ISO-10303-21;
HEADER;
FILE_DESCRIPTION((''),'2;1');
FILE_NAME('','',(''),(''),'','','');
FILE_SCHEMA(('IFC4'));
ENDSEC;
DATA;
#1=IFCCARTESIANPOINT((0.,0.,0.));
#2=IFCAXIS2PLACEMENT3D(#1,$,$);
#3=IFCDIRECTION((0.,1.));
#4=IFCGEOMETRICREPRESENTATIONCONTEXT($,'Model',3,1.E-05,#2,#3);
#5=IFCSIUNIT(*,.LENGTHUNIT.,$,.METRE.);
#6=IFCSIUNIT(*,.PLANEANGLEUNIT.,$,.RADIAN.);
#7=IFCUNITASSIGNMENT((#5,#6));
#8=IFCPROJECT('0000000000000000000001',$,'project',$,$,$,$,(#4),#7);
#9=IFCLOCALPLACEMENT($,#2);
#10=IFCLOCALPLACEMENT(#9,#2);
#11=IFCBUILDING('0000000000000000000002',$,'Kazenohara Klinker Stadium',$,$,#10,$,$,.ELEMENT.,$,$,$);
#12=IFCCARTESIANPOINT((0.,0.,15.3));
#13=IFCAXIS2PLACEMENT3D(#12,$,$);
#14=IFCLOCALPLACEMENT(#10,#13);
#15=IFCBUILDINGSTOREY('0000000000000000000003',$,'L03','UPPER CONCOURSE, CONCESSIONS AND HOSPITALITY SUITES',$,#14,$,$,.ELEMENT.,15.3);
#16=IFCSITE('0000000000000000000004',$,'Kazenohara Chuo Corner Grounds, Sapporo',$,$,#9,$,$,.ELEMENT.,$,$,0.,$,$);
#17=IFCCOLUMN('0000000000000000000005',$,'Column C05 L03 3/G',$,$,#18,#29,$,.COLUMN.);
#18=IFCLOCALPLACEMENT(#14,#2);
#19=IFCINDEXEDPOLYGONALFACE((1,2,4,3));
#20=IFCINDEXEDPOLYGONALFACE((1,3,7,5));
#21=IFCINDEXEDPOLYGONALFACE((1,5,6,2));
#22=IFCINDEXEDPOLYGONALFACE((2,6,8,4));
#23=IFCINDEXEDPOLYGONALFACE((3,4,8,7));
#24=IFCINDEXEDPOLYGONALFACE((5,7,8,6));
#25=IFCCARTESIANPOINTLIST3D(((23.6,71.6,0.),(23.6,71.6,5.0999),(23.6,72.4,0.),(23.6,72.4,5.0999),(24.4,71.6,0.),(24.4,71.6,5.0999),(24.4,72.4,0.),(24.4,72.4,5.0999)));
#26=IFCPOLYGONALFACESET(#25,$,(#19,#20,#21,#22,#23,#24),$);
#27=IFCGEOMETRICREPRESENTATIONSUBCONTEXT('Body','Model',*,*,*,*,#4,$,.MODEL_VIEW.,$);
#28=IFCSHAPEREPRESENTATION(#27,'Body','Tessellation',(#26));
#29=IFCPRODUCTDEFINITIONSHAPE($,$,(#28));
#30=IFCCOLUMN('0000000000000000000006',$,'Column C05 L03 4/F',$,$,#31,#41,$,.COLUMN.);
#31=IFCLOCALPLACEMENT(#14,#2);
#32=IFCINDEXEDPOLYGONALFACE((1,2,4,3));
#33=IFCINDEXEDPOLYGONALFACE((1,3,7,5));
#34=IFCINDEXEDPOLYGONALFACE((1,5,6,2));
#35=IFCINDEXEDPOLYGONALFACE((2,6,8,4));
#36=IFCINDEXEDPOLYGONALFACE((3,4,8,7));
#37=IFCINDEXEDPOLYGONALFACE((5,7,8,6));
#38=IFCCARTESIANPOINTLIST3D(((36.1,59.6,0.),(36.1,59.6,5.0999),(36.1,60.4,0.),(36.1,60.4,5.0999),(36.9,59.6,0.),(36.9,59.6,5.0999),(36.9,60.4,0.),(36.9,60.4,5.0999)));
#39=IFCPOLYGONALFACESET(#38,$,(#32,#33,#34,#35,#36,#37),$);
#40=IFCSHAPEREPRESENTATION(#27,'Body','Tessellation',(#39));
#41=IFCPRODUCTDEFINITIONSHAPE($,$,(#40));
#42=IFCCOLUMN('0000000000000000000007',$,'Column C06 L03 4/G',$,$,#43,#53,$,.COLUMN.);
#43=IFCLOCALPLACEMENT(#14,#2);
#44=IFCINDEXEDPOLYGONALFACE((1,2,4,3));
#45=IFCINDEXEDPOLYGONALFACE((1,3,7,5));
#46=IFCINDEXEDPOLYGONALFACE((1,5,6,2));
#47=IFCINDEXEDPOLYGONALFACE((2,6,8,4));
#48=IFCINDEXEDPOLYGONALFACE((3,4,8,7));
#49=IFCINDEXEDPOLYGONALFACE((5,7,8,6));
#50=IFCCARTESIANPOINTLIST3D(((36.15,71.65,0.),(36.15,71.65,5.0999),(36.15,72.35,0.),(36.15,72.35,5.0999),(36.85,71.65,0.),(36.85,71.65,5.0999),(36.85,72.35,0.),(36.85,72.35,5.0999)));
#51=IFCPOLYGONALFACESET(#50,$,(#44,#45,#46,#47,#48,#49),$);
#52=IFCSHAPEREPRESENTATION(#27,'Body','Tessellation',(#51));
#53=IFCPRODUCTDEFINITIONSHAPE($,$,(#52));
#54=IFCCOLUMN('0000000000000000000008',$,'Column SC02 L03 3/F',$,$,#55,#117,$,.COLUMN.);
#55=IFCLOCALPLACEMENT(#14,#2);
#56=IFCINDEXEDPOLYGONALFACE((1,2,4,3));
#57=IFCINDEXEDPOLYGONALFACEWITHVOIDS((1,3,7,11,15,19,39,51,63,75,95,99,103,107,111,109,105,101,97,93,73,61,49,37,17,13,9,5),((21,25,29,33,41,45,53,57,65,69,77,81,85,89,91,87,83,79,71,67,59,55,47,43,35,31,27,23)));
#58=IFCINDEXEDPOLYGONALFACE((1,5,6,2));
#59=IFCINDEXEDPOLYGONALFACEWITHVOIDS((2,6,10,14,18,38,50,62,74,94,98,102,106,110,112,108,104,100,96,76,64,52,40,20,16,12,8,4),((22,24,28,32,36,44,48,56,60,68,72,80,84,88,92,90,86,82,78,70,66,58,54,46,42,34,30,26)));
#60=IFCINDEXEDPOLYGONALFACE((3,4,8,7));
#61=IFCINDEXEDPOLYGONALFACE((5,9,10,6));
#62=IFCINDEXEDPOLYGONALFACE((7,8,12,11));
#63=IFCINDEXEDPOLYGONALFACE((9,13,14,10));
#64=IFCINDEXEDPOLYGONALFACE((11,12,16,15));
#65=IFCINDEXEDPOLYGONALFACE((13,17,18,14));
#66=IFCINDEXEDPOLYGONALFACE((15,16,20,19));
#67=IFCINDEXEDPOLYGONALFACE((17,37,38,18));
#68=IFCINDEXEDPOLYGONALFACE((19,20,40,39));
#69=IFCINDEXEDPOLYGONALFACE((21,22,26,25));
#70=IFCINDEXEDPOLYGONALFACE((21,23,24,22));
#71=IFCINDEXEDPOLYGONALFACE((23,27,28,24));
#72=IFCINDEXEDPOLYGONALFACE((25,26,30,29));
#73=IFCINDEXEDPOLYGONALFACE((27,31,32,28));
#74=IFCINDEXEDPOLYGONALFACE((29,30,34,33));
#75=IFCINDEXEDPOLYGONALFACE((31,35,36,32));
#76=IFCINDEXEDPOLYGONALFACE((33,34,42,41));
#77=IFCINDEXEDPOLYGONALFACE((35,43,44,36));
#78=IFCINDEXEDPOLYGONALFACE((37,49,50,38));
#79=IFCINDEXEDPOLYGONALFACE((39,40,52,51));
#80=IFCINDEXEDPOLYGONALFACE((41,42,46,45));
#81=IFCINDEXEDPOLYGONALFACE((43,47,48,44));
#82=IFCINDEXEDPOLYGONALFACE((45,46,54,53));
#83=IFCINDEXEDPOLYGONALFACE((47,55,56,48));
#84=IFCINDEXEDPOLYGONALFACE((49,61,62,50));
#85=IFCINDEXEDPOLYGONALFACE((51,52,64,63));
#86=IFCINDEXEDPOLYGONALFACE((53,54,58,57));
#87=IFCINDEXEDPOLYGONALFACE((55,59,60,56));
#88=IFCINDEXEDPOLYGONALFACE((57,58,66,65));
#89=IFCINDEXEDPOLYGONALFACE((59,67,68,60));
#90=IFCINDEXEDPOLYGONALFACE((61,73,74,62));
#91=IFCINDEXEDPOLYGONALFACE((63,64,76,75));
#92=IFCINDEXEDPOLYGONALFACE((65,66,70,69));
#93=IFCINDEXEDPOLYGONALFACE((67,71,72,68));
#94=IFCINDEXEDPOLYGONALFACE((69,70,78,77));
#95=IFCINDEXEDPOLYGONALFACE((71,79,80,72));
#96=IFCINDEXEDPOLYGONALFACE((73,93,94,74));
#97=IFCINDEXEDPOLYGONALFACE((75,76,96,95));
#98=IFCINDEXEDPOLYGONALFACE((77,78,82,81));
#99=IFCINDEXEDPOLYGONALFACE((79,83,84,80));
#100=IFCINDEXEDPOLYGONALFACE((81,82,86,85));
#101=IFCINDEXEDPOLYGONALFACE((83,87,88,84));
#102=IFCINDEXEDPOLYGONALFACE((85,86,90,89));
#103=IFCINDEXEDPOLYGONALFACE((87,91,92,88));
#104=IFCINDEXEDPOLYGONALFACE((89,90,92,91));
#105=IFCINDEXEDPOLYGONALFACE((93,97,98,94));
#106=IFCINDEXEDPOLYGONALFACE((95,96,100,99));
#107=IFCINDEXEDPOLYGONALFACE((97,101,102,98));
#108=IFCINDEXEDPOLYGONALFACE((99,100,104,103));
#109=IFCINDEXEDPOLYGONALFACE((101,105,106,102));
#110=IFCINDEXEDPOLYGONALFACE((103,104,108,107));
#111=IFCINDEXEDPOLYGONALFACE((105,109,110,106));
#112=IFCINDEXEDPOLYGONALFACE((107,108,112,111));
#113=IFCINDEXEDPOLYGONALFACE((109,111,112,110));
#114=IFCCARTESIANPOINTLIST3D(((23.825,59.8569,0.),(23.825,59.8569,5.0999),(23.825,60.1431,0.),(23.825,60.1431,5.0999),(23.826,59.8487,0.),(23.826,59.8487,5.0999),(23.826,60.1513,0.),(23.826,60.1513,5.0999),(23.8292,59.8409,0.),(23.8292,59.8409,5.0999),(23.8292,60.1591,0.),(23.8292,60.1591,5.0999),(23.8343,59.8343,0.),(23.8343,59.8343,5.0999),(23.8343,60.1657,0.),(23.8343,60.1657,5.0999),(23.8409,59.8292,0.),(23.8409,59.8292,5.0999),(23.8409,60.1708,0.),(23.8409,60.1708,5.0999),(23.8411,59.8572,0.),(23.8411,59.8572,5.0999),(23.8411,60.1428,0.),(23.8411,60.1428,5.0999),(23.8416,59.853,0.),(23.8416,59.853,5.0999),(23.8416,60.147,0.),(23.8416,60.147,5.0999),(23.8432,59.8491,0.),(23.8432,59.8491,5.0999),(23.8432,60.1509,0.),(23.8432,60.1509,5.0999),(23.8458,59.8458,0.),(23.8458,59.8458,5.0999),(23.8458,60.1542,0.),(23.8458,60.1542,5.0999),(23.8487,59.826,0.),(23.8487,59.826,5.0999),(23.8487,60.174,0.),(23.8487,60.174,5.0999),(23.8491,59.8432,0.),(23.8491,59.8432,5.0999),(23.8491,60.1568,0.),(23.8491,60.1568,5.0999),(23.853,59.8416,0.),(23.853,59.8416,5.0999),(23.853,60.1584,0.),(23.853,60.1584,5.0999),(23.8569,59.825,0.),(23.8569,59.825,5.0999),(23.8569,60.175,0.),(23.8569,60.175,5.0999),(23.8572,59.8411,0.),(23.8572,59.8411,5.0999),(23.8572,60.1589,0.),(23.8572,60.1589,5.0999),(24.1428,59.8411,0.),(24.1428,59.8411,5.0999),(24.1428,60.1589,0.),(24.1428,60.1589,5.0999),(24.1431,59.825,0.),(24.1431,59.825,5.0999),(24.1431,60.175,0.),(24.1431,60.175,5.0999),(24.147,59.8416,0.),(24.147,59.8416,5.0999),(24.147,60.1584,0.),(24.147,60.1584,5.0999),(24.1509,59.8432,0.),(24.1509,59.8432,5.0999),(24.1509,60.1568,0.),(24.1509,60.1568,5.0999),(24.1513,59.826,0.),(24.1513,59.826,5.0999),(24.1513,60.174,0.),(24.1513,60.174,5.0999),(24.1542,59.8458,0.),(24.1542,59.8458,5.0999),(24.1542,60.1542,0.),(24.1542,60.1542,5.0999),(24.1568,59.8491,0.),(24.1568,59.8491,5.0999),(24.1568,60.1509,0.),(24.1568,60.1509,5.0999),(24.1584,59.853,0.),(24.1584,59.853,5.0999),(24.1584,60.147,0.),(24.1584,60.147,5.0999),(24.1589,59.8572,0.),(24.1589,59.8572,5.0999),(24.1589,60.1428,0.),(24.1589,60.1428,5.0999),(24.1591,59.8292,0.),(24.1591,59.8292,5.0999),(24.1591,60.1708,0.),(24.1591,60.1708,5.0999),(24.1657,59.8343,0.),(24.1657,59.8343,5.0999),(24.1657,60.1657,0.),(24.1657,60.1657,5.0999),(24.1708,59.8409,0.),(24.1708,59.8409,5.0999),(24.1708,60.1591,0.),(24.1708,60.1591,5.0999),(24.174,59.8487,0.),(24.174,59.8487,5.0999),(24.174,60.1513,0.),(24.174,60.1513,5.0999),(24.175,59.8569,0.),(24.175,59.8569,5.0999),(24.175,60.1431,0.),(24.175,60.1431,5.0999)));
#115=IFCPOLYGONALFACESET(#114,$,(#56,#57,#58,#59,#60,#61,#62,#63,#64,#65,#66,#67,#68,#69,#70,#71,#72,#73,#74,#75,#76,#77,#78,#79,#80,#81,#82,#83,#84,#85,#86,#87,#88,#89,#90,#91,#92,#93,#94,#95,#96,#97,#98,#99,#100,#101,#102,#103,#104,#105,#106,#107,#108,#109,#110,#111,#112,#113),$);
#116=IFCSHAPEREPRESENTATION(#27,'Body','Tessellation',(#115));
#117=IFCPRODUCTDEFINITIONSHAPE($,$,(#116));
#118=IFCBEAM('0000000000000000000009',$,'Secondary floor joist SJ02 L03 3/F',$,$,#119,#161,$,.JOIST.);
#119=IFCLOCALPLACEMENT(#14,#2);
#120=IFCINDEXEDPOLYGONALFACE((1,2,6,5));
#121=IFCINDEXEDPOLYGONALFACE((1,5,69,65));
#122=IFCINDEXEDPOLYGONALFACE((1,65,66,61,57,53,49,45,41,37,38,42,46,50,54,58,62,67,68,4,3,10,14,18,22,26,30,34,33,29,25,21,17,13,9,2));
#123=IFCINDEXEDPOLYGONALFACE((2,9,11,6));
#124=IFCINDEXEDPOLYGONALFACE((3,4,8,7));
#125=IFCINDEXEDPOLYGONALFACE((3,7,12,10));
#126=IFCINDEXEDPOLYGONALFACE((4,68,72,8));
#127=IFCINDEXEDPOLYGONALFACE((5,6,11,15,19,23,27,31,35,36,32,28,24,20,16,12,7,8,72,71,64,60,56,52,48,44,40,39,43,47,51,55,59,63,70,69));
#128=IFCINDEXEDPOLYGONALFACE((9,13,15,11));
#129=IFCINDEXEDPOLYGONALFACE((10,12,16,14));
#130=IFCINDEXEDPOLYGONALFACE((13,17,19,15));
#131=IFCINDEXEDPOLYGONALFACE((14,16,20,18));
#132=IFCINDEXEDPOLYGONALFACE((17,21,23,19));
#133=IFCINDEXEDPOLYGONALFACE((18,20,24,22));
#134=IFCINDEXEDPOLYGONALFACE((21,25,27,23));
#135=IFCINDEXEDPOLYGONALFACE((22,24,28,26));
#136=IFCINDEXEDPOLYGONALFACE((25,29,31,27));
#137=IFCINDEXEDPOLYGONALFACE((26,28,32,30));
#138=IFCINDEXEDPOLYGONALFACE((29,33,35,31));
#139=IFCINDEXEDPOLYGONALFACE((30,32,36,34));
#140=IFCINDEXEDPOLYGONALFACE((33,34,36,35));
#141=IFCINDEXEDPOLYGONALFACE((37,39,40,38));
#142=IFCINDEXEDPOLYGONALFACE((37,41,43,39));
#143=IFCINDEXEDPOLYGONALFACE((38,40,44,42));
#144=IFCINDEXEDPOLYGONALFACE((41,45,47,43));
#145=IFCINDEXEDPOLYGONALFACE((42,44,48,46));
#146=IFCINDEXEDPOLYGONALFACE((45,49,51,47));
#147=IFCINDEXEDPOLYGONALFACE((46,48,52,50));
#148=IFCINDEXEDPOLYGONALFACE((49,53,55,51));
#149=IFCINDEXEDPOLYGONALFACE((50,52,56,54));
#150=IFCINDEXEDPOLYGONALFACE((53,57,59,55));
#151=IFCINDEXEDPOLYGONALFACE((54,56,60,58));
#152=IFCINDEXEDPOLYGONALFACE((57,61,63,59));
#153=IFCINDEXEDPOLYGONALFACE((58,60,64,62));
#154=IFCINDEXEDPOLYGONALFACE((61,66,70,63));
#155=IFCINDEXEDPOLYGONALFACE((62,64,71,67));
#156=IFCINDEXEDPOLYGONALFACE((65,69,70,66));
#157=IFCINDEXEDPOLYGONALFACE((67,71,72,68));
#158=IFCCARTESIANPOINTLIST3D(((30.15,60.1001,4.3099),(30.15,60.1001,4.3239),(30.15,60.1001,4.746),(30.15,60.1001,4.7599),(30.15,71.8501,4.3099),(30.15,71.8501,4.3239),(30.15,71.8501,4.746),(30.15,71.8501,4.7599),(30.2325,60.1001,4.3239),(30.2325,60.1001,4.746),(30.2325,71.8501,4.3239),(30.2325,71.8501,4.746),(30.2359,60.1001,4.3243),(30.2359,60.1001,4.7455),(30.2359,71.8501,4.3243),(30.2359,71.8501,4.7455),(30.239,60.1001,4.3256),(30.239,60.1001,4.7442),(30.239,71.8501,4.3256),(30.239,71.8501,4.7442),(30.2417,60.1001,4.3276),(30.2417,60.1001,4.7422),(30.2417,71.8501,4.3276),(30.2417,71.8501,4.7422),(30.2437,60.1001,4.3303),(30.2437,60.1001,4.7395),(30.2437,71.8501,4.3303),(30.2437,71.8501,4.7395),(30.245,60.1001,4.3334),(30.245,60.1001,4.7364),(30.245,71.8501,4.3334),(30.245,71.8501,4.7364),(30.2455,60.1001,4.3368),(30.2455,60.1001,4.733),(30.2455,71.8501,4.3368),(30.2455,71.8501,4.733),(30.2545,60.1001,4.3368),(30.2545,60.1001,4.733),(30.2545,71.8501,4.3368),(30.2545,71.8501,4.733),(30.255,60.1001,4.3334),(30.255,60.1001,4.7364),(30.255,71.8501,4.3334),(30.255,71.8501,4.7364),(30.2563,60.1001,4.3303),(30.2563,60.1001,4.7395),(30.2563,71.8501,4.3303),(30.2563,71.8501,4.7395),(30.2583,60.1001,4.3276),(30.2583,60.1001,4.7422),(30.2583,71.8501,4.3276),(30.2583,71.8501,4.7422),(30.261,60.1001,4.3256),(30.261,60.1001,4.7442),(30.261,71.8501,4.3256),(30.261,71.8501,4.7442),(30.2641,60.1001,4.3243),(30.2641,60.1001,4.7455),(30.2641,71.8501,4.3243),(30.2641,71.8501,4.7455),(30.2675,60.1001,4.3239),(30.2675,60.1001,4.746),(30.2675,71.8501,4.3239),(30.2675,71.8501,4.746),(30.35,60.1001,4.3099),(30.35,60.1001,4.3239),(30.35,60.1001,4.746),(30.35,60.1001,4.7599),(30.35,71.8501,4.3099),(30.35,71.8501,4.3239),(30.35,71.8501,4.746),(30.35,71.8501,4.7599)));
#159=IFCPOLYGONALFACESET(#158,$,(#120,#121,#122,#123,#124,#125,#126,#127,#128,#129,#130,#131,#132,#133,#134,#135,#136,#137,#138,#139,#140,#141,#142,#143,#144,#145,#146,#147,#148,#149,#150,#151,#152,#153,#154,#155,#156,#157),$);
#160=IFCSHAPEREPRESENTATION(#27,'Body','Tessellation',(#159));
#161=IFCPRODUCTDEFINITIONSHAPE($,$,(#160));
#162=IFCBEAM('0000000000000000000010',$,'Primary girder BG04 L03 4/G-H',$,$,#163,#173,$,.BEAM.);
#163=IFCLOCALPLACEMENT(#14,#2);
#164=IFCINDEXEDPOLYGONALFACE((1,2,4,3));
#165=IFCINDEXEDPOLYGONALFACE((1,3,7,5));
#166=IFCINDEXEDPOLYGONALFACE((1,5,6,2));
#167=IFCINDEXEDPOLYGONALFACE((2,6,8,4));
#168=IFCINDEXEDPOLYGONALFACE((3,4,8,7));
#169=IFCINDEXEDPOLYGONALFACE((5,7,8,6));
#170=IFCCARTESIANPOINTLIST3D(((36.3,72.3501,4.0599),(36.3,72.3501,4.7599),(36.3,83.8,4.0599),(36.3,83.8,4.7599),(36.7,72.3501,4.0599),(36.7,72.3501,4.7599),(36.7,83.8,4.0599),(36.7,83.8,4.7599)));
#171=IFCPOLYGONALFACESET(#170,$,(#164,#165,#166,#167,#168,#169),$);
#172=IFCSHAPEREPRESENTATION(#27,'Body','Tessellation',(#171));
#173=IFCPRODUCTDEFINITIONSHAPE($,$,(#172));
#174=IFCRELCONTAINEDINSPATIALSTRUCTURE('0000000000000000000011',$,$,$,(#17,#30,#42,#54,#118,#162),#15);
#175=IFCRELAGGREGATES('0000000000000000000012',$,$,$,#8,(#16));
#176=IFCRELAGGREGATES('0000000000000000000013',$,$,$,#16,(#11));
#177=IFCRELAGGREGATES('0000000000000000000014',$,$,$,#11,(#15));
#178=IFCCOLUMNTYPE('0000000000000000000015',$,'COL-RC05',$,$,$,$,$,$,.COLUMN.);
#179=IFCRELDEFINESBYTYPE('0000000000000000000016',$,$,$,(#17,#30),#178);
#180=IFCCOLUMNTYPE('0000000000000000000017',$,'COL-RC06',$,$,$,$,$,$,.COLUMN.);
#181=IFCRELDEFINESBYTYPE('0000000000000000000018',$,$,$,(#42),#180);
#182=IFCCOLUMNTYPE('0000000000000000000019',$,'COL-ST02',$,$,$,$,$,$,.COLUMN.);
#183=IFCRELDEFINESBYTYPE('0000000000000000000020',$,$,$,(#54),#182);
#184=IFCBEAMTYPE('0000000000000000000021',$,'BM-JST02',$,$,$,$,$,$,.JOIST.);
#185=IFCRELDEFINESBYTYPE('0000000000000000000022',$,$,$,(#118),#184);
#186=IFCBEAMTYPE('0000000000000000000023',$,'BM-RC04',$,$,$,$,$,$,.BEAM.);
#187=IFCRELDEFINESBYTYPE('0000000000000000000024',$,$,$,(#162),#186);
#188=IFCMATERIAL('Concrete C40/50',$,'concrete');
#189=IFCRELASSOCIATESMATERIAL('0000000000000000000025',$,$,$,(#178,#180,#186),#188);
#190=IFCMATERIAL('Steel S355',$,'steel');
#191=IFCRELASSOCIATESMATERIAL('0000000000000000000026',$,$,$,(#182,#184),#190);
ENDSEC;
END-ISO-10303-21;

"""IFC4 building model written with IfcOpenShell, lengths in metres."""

from ifc_helpers import new_model, si_unit, direction, frame, origin, origin_2d, place, context, subcontext, project, spatial, rectangle, hollow_rectangle, i_section, extrude, material, material_profile, profile_set, type_object, element, save


model = new_model("IFC4")

# Units and contexts
model_context = context("Model", 3, precision=1e-05, world=origin(), true_north=direction((0.0, 1.0)))
body_context = subcontext(model_context, "Body", "Model", "MODEL_VIEW")
ifc_project = project(units=[si_unit("LENGTHUNIT", "METRE"), si_unit("PLANEANGLEUNIT", "RADIAN")], contexts=[model_context])

# Site, building, storey
site_placement = place(None, origin())
site = spatial("IfcSite", under=ifc_project, at=site_placement, Name="Kazenohara Chuo Corner Grounds, Sapporo", CompositionType="ELEMENT", RefElevation=0.0)
building_placement = place(site_placement, origin())
building = spatial("IfcBuilding", under=site, at=building_placement, Name="Kazenohara Klinker Stadium", CompositionType="ELEMENT")
storey_placement = place(building_placement, frame((0.0, 0.0, 15.3)))
storey = spatial("IfcBuildingStorey", under=building, at=storey_placement, Name="L03", Description="UPPER CONCOURSE, CONCESSIONS AND HOSPITALITY SUITES", CompositionType="ELEMENT", Elevation=15.3)

# Columns
ifc_material_1 = material(Name="Concrete C40/50", Category="concrete")
ifc_material_profile_1 = material_profile(ifc_material_1, rectangle(XDim=0.8, YDim=0.8, at=origin_2d()), Name="RC-COL-800x800")
ifc_profile_set_1 = profile_set([ifc_material_profile_1], Name="Concrete C40/50")
column_type_1 = type_object("IfcColumnType", Name="COL-RC05", PredefinedType="COLUMN", material=ifc_profile_set_1)
for number, where, z_axis, x_axis, name in (
    (1, (24.0, 72.0, 0.0), (0.0, 0.0, 1.0), (1.0, 0.0, 0.0), "Column C05 L03 3/G"),
    (2, (36.5, 60.0, 0.0), (0.0, 0.0, 1.0), (1.0, 0.0, 0.0), "Column C05 L03 4/F"),
):
    element("IfcColumn", number, at=place(storey_placement, frame(where, z_axis=z_axis, x_axis=x_axis)), inside=storey, type_object=column_type_1, Name=name, PredefinedType="COLUMN", context=body_context, shape_type="SweptSolid", body=[
        extrude(rectangle(XDim=0.8, YDim=0.8, at=origin_2d()), origin(), (0.0, 0.0, 1.0), 5.0999),
    ])
ifc_material_profile_2 = material_profile(ifc_material_1, rectangle(XDim=0.7, YDim=0.7, at=origin_2d()), Name="RC-COL-700x700")
ifc_profile_set_2 = profile_set([ifc_material_profile_2], Name="Concrete C40/50")
column_type_2 = type_object("IfcColumnType", Name="COL-RC06", PredefinedType="COLUMN", material=ifc_profile_set_2)
column_1_placement = place(storey_placement, frame((36.5, 72.0, 0.0), z_axis=(0.0, 0.0, 1.0), x_axis=(1.0, 0.0, 0.0)))
element("IfcColumn", 3, at=column_1_placement, inside=storey, type_object=column_type_2, Name="Column C06 L03 4/G", PredefinedType="COLUMN", context=body_context, shape_type="SweptSolid", body=[
    extrude(rectangle(XDim=0.7, YDim=0.7, at=origin_2d()), origin(), (0.0, 0.0, 1.0), 5.0999),
])
ifc_material_2 = material(Name="Steel S355", Category="steel")
ifc_material_profile_3 = material_profile(ifc_material_2, hollow_rectangle(XDim=0.3501, YDim=0.3501, WallThickness=0.0161, InnerFilletRadius=0.0161, OuterFilletRadius=0.032, at=origin_2d()), Name="SHS-350x350x16")
ifc_profile_set_3 = profile_set([ifc_material_profile_3], Name="Steel S355")
column_type_3 = type_object("IfcColumnType", Name="COL-ST02", PredefinedType="COLUMN", material=ifc_profile_set_3)
column_2_placement = place(storey_placement, frame((24.0, 60.0, 0.0), z_axis=(0.0, 0.0, 1.0), x_axis=(1.0, 0.0, 0.0)))
element("IfcColumn", 4, at=column_2_placement, inside=storey, type_object=column_type_3, Name="Column SC02 L03 3/F", PredefinedType="COLUMN", context=body_context, shape_type="SweptSolid", body=[
    extrude(hollow_rectangle(XDim=0.3501, YDim=0.3501, WallThickness=0.0161, InnerFilletRadius=0.0161, OuterFilletRadius=0.032, at=origin_2d()), origin(), (0.0, 0.0, 1.0), 5.0999),
])

# Beams
ifc_material_profile_4 = material_profile(ifc_material_2, i_section(OverallWidth=0.2, OverallDepth=0.45, WebThickness=0.009, FlangeThickness=0.0139, FilletRadius=0.0129, at=origin_2d()), Name="H-450x200x9x14")
ifc_profile_set_4 = profile_set([ifc_material_profile_4], Name="Steel S355")
beam_type_1 = type_object("IfcBeamType", Name="BM-JST02", PredefinedType="JOIST", material=ifc_profile_set_4)
beam_1_placement = place(storey_placement, frame((30.25, 60.1001, 4.5349), z_axis=(0.0, 1.0, 0.0), x_axis=(-1.0, 0.0, 0.0)))
element("IfcBeam", 5, at=beam_1_placement, inside=storey, type_object=beam_type_1, Name="Secondary floor joist SJ02 L03 3/F", PredefinedType="JOIST", context=body_context, shape_type="SweptSolid", body=[
    extrude(i_section(OverallWidth=0.2, OverallDepth=0.45, WebThickness=0.009, FlangeThickness=0.0139, FilletRadius=0.0129, at=origin_2d()), origin(), (0.0, 0.0, 1.0), 11.75),
])
ifc_material_profile_5 = material_profile(ifc_material_1, rectangle(XDim=0.3999, YDim=0.7, at=origin_2d()), Name="RC-BM-400x700")
ifc_profile_set_5 = profile_set([ifc_material_profile_5], Name="Concrete C40/50")
beam_type_2 = type_object("IfcBeamType", Name="BM-RC04", PredefinedType="BEAM", material=ifc_profile_set_5)
beam_2_placement = place(storey_placement, frame((36.5, 72.3501, 4.4099), z_axis=(0.0, 1.0, 0.0), x_axis=(-1.0, 0.0, 0.0)))
element("IfcBeam", 6, at=beam_2_placement, inside=storey, type_object=beam_type_2, Name="Primary girder BG04 L03 4/G-H", PredefinedType="BEAM", context=body_context, shape_type="SweptSolid", body=[
    extrude(rectangle(XDim=0.3999, YDim=0.7, at=origin_2d()), origin(), (0.0, 0.0, 1.0), 11.45),
])

save(model, "model.ifc")
